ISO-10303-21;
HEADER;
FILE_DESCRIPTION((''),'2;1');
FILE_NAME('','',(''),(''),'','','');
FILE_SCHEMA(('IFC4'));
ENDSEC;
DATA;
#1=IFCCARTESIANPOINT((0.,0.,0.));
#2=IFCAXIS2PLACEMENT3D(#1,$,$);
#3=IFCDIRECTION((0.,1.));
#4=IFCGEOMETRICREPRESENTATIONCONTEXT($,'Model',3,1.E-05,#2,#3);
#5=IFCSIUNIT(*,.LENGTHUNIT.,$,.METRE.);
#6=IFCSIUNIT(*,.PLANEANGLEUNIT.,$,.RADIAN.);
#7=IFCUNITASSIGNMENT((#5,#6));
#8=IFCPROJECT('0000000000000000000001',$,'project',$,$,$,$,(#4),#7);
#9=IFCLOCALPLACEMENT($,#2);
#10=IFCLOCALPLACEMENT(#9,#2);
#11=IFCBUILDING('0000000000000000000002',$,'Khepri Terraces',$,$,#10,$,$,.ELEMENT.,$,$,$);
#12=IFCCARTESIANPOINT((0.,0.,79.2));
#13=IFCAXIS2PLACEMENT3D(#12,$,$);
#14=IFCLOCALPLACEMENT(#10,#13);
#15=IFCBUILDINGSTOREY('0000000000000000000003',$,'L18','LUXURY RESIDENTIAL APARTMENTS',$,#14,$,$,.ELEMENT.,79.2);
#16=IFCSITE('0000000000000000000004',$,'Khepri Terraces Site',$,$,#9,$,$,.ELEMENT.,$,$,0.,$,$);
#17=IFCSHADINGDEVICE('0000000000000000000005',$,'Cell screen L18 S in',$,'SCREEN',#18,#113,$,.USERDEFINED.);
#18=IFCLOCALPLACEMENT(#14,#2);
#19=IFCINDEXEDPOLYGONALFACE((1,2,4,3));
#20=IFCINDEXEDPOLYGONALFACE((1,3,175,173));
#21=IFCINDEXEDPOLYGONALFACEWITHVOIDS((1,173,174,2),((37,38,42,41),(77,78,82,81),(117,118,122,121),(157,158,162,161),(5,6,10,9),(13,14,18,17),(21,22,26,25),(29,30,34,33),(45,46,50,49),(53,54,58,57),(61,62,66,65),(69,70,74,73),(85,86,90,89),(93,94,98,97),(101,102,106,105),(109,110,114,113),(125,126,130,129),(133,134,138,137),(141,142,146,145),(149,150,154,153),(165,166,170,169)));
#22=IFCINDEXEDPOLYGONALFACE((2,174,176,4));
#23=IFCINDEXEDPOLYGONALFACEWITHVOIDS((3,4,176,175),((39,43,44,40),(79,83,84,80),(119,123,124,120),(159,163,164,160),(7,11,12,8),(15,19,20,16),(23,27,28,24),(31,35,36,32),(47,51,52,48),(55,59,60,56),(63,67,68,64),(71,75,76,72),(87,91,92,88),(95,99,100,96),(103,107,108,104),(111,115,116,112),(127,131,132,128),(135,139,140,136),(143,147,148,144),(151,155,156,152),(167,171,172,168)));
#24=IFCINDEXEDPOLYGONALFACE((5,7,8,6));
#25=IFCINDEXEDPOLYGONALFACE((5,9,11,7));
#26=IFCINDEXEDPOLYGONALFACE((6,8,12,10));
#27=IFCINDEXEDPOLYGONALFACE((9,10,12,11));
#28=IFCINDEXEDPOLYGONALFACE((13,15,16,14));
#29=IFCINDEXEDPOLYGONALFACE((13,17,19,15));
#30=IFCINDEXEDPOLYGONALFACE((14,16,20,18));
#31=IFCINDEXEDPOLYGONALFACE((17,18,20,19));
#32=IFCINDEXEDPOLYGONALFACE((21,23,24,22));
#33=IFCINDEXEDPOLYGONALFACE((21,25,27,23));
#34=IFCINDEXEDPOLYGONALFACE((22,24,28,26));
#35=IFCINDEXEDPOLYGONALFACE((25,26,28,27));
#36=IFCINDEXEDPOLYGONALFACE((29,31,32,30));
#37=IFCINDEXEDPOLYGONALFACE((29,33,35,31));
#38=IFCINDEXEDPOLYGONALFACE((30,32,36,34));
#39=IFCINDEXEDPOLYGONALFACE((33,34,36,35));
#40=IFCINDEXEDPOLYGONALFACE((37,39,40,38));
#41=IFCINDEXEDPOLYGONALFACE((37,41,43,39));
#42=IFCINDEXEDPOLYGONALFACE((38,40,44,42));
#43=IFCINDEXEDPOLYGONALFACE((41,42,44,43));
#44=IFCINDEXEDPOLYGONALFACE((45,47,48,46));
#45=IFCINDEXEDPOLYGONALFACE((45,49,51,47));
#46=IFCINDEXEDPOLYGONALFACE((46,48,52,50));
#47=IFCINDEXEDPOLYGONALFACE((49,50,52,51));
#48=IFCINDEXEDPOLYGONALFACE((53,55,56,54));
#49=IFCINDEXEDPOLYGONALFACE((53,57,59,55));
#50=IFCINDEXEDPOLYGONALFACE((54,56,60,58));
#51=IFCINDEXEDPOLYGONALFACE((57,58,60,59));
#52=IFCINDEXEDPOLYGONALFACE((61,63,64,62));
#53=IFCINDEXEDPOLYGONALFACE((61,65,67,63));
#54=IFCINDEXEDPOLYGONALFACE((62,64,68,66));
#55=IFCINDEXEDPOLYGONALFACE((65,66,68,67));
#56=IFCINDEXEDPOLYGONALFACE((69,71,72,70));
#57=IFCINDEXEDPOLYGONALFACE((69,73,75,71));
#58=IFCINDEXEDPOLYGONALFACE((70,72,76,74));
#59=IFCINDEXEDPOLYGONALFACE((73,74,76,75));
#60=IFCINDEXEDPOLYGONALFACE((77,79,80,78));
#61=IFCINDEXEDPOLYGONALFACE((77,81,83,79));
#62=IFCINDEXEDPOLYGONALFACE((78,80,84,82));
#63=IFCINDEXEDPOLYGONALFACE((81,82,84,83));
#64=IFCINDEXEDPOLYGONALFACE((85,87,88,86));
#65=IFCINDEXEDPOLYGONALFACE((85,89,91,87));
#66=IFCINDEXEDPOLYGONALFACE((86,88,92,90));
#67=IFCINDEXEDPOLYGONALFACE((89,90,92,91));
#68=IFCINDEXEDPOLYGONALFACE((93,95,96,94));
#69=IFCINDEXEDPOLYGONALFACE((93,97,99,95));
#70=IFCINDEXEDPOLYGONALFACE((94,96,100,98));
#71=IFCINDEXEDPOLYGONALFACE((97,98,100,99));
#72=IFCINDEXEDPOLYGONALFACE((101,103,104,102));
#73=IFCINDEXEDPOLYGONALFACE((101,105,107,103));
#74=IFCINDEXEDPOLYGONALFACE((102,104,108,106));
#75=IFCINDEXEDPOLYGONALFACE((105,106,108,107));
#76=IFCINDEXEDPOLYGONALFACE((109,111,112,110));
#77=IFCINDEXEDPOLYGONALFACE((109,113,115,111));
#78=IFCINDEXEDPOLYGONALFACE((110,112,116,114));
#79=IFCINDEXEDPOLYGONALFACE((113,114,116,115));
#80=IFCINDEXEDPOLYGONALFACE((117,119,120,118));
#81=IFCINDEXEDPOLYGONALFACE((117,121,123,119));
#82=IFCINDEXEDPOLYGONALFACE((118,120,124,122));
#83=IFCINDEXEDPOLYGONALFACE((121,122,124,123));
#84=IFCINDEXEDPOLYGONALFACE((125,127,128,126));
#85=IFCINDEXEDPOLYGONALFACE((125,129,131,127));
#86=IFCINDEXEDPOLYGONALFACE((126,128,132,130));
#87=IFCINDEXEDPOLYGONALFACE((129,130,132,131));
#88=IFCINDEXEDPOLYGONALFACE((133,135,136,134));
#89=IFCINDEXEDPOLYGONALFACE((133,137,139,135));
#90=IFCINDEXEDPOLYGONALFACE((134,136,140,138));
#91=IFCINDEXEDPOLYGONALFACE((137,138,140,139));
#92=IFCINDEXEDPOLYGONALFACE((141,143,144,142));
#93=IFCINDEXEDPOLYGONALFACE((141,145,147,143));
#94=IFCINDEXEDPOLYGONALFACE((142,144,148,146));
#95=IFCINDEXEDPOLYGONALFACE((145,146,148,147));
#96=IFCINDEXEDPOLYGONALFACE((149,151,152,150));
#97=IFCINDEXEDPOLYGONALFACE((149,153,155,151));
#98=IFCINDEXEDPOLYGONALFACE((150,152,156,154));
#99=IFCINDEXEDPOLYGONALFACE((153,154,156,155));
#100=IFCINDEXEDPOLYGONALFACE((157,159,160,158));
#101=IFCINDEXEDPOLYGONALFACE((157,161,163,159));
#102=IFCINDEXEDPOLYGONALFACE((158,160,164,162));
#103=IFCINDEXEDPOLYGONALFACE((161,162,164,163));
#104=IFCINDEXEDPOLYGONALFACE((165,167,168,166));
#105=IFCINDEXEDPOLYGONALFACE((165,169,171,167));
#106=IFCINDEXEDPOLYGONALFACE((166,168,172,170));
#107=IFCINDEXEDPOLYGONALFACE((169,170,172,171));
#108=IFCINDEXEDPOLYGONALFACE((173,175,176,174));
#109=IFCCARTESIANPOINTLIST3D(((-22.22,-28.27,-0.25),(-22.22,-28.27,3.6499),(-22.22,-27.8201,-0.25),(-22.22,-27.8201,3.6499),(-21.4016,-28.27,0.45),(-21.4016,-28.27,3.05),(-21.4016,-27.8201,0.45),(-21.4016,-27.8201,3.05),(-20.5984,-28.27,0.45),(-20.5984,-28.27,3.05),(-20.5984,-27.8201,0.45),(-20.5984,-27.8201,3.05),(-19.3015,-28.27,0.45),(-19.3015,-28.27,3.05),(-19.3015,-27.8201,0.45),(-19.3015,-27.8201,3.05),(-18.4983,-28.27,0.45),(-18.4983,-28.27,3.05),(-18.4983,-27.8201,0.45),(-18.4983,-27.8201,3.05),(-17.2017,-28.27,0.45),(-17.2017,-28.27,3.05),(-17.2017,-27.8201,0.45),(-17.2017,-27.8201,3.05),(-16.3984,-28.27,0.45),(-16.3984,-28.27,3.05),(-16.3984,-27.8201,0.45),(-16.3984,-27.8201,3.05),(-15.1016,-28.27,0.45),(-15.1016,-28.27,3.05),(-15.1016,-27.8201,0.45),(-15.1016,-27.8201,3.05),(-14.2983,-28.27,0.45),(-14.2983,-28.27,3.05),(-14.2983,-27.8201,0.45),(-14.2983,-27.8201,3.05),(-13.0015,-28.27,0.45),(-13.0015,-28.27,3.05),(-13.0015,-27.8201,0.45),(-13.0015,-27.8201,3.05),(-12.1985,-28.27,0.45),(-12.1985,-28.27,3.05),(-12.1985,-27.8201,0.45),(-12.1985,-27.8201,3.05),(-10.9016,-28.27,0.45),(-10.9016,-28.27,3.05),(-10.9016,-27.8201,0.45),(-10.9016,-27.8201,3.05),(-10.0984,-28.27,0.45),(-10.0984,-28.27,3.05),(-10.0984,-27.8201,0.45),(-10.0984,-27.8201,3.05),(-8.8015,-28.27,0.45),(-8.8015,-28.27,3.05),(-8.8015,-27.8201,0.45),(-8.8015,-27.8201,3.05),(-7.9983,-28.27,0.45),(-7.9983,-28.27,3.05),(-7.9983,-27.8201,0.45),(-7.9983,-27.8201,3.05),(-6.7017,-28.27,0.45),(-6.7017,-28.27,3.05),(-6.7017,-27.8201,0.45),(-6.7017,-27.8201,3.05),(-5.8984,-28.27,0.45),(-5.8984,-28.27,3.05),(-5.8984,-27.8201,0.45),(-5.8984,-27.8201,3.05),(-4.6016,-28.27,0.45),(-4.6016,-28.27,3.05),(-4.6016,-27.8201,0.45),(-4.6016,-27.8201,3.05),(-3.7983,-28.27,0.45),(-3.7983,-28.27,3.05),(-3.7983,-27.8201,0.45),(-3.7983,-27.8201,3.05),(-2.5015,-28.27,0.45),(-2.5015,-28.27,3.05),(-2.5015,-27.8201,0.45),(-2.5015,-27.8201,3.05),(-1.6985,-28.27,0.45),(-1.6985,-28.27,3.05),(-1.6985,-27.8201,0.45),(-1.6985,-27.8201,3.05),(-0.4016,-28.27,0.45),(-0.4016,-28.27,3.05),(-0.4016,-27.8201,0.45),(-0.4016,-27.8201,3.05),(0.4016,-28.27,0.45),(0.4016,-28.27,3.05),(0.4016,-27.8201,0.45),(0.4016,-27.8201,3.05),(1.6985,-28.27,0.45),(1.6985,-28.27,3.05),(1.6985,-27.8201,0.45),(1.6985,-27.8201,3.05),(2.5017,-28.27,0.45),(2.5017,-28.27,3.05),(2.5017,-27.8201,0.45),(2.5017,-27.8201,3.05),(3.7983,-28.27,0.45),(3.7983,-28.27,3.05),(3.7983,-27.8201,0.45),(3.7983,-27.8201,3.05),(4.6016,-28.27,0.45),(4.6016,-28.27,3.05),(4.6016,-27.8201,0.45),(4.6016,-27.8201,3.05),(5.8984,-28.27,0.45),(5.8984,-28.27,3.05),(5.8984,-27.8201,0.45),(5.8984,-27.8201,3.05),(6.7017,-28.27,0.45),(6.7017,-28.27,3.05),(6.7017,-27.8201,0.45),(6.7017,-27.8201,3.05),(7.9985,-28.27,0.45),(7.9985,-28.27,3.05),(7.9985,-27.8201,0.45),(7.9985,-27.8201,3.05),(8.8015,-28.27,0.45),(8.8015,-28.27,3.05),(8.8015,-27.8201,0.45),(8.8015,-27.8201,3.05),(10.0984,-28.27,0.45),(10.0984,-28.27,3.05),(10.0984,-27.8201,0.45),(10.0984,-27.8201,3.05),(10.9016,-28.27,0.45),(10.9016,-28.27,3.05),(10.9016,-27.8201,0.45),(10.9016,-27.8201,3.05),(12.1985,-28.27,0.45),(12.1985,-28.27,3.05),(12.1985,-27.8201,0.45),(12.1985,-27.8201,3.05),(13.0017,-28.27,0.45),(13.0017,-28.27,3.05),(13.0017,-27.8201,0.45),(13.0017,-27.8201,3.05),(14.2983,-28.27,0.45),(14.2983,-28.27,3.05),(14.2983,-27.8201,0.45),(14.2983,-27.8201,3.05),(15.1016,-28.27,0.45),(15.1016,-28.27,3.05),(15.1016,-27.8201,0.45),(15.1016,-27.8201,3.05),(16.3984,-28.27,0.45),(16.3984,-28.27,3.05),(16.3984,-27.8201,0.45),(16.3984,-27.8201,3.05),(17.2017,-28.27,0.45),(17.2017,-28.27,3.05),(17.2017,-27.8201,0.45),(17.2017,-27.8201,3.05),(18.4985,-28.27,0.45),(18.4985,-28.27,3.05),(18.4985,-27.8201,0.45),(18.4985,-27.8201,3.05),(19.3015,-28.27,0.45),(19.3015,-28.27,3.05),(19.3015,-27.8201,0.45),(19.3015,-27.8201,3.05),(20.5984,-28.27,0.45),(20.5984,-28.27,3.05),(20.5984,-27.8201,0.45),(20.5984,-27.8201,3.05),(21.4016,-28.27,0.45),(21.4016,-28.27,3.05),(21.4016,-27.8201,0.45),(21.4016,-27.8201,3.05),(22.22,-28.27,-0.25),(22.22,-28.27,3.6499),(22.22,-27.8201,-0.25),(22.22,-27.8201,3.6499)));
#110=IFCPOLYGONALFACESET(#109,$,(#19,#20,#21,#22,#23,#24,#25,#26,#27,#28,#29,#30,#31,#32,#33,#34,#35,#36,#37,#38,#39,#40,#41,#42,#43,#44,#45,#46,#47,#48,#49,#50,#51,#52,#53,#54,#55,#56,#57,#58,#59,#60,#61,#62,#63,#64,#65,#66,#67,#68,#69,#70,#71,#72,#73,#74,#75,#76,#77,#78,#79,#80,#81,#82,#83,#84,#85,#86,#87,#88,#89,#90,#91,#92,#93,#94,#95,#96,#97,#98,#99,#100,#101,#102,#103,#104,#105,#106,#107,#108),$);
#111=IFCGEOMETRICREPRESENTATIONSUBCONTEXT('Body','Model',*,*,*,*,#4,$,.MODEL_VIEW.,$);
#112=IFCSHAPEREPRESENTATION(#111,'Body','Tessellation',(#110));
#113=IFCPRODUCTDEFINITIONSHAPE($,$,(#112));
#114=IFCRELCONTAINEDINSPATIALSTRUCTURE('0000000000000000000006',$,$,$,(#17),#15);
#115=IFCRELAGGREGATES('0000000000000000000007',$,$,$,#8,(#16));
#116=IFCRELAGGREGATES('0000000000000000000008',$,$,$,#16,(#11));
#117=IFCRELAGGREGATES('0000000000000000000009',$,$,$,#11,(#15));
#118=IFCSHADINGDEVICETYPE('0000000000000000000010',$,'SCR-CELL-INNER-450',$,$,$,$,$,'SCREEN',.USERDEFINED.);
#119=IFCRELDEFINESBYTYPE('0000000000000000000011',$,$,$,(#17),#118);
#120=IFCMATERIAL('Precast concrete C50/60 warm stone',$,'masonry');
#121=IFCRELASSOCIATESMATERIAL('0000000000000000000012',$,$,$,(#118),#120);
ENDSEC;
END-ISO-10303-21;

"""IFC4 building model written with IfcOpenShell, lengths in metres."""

from ifc_helpers import new_model, si_unit, direction, frame, origin, place, context, subcontext, project, spatial, polyline, outline, extrude, material, type_object, element, save


model = new_model("IFC4")

# Units and contexts
model_context = context("Model", 3, precision=1e-05, world=origin(), true_north=direction((0.0, 1.0)))
body_context = subcontext(model_context, "Body", "Model", "MODEL_VIEW")
ifc_project = project(units=[si_unit("LENGTHUNIT", "METRE"), si_unit("PLANEANGLEUNIT", "RADIAN")], contexts=[model_context])

# Site, building, storey
site_placement = place(None, origin())
site = spatial("IfcSite", under=ifc_project, at=site_placement, Name="Khepri Terraces Site", CompositionType="ELEMENT", RefElevation=0.0)
building_placement = place(site_placement, origin())
building = spatial("IfcBuilding", under=site, at=building_placement, Name="Khepri Terraces", CompositionType="ELEMENT")
storey_placement = place(building_placement, frame((0.0, 0.0, 79.2)))
storey = spatial("IfcBuildingStorey", under=building, at=storey_placement, Name="L18", Description="LUXURY RESIDENTIAL APARTMENTS", CompositionType="ELEMENT", Elevation=79.2)

# Shared definitions
ifc_material_1 = material(Name="Precast concrete C50/60 warm stone", Category="masonry")

# Shading device
shading_device_type_1 = type_object("IfcShadingDeviceType", Name="SCR-CELL-INNER-450", ElementType="SCREEN", PredefinedType="USERDEFINED", material=ifc_material_1)
shading_device_1_placement = place(storey_placement, frame((-22.22, -27.8201, -0.25), z_axis=(0.0, -1.0, 0.0), x_axis=(1.0, 0.0, 0.0)))
element("IfcShadingDevice", 1, at=shading_device_1_placement, inside=storey, type_object=shading_device_type_1, Name="Cell screen L18 S in", ObjectType="SCREEN", PredefinedType="USERDEFINED", context=body_context, shape_type="SweptSolid", body=[
    extrude(outline(polyline([(0.0, 0.0), (44.4399, 0.0), (44.4399, 3.8999), (0.0, 3.8999), (0.0, 0.0)]), holes=[polyline([(0.8184, 0.7), (1.6216, 0.7), (1.6216, 3.3), (0.8184, 3.3), (0.8184, 0.7)]), polyline([(2.9185, 0.7), (3.7217, 0.7), (3.7217, 3.3), (2.9185, 3.3), (2.9185, 0.7)]), polyline([(5.0183, 0.7), (5.8215, 0.7), (5.8215, 3.3), (5.0183, 3.3), (5.0183, 0.7)]), polyline([(7.1184, 0.7), (7.9216, 0.7), (7.9216, 3.3), (7.1184, 3.3), (7.1184, 0.7)]), polyline([(9.2185, 0.7), (10.0215, 0.7), (10.0215, 3.3), (9.2185, 3.3), (9.2185, 0.7)]), polyline([(11.3184, 0.7), (12.1216, 0.7), (12.1216, 3.3), (11.3184, 3.3), (11.3184, 0.7)]), polyline([(13.4185, 0.7), (14.2217, 0.7), (14.2217, 3.3), (13.4185, 3.3), (13.4185, 0.7)]), polyline([(15.5183, 0.7), (16.3215, 0.7), (16.3215, 3.3), (15.5183, 3.3), (15.5183, 0.7)]), polyline([(17.6184, 0.7), (18.4216, 0.7), (18.4216, 3.3), (17.6184, 3.3), (17.6184, 0.7)]), polyline([(19.7185, 0.7), (20.5215, 0.7), (20.5215, 3.3), (19.7185, 3.3), (19.7185, 0.7)]), polyline([(21.8184, 0.7), (22.6216, 0.7), (22.6216, 3.3), (21.8184, 3.3), (21.8184, 0.7)]), polyline([(23.9185, 0.7), (24.7217, 0.7), (24.7217, 3.3), (23.9185, 3.3), (23.9185, 0.7)]), polyline([(26.0183, 0.7), (26.8215, 0.7), (26.8215, 3.3), (26.0183, 3.3), (26.0183, 0.7)]), polyline([(28.1184, 0.7), (28.9216, 0.7), (28.9216, 3.3), (28.1184, 3.3), (28.1184, 0.7)]), polyline([(30.2185, 0.7), (31.0215, 0.7), (31.0215, 3.3), (30.2185, 3.3), (30.2185, 0.7)]), polyline([(32.3184, 0.7), (33.1216, 0.7), (33.1216, 3.3), (32.3184, 3.3), (32.3184, 0.7)]), polyline([(34.4185, 0.7), (35.2217, 0.7), (35.2217, 3.3), (34.4185, 3.3), (34.4185, 0.7)]), polyline([(36.5183, 0.7), (37.3215, 0.7), (37.3215, 3.3), (36.5183, 3.3), (36.5183, 0.7)]), polyline([(38.6184, 0.7), (39.4216, 0.7), (39.4216, 3.3), (38.6184, 3.3), (38.6184, 0.7)]), polyline([(40.7185, 0.7), (41.5215, 0.7), (41.5215, 3.3), (40.7185, 3.3), (40.7185, 0.7)]), polyline([(42.8184, 0.7), (43.6216, 0.7), (43.6216, 3.3), (42.8184, 3.3), (42.8184, 0.7)])]), origin(), (0.0, 0.0, 1.0), 0.45),
])

save(model, "model.ifc")
